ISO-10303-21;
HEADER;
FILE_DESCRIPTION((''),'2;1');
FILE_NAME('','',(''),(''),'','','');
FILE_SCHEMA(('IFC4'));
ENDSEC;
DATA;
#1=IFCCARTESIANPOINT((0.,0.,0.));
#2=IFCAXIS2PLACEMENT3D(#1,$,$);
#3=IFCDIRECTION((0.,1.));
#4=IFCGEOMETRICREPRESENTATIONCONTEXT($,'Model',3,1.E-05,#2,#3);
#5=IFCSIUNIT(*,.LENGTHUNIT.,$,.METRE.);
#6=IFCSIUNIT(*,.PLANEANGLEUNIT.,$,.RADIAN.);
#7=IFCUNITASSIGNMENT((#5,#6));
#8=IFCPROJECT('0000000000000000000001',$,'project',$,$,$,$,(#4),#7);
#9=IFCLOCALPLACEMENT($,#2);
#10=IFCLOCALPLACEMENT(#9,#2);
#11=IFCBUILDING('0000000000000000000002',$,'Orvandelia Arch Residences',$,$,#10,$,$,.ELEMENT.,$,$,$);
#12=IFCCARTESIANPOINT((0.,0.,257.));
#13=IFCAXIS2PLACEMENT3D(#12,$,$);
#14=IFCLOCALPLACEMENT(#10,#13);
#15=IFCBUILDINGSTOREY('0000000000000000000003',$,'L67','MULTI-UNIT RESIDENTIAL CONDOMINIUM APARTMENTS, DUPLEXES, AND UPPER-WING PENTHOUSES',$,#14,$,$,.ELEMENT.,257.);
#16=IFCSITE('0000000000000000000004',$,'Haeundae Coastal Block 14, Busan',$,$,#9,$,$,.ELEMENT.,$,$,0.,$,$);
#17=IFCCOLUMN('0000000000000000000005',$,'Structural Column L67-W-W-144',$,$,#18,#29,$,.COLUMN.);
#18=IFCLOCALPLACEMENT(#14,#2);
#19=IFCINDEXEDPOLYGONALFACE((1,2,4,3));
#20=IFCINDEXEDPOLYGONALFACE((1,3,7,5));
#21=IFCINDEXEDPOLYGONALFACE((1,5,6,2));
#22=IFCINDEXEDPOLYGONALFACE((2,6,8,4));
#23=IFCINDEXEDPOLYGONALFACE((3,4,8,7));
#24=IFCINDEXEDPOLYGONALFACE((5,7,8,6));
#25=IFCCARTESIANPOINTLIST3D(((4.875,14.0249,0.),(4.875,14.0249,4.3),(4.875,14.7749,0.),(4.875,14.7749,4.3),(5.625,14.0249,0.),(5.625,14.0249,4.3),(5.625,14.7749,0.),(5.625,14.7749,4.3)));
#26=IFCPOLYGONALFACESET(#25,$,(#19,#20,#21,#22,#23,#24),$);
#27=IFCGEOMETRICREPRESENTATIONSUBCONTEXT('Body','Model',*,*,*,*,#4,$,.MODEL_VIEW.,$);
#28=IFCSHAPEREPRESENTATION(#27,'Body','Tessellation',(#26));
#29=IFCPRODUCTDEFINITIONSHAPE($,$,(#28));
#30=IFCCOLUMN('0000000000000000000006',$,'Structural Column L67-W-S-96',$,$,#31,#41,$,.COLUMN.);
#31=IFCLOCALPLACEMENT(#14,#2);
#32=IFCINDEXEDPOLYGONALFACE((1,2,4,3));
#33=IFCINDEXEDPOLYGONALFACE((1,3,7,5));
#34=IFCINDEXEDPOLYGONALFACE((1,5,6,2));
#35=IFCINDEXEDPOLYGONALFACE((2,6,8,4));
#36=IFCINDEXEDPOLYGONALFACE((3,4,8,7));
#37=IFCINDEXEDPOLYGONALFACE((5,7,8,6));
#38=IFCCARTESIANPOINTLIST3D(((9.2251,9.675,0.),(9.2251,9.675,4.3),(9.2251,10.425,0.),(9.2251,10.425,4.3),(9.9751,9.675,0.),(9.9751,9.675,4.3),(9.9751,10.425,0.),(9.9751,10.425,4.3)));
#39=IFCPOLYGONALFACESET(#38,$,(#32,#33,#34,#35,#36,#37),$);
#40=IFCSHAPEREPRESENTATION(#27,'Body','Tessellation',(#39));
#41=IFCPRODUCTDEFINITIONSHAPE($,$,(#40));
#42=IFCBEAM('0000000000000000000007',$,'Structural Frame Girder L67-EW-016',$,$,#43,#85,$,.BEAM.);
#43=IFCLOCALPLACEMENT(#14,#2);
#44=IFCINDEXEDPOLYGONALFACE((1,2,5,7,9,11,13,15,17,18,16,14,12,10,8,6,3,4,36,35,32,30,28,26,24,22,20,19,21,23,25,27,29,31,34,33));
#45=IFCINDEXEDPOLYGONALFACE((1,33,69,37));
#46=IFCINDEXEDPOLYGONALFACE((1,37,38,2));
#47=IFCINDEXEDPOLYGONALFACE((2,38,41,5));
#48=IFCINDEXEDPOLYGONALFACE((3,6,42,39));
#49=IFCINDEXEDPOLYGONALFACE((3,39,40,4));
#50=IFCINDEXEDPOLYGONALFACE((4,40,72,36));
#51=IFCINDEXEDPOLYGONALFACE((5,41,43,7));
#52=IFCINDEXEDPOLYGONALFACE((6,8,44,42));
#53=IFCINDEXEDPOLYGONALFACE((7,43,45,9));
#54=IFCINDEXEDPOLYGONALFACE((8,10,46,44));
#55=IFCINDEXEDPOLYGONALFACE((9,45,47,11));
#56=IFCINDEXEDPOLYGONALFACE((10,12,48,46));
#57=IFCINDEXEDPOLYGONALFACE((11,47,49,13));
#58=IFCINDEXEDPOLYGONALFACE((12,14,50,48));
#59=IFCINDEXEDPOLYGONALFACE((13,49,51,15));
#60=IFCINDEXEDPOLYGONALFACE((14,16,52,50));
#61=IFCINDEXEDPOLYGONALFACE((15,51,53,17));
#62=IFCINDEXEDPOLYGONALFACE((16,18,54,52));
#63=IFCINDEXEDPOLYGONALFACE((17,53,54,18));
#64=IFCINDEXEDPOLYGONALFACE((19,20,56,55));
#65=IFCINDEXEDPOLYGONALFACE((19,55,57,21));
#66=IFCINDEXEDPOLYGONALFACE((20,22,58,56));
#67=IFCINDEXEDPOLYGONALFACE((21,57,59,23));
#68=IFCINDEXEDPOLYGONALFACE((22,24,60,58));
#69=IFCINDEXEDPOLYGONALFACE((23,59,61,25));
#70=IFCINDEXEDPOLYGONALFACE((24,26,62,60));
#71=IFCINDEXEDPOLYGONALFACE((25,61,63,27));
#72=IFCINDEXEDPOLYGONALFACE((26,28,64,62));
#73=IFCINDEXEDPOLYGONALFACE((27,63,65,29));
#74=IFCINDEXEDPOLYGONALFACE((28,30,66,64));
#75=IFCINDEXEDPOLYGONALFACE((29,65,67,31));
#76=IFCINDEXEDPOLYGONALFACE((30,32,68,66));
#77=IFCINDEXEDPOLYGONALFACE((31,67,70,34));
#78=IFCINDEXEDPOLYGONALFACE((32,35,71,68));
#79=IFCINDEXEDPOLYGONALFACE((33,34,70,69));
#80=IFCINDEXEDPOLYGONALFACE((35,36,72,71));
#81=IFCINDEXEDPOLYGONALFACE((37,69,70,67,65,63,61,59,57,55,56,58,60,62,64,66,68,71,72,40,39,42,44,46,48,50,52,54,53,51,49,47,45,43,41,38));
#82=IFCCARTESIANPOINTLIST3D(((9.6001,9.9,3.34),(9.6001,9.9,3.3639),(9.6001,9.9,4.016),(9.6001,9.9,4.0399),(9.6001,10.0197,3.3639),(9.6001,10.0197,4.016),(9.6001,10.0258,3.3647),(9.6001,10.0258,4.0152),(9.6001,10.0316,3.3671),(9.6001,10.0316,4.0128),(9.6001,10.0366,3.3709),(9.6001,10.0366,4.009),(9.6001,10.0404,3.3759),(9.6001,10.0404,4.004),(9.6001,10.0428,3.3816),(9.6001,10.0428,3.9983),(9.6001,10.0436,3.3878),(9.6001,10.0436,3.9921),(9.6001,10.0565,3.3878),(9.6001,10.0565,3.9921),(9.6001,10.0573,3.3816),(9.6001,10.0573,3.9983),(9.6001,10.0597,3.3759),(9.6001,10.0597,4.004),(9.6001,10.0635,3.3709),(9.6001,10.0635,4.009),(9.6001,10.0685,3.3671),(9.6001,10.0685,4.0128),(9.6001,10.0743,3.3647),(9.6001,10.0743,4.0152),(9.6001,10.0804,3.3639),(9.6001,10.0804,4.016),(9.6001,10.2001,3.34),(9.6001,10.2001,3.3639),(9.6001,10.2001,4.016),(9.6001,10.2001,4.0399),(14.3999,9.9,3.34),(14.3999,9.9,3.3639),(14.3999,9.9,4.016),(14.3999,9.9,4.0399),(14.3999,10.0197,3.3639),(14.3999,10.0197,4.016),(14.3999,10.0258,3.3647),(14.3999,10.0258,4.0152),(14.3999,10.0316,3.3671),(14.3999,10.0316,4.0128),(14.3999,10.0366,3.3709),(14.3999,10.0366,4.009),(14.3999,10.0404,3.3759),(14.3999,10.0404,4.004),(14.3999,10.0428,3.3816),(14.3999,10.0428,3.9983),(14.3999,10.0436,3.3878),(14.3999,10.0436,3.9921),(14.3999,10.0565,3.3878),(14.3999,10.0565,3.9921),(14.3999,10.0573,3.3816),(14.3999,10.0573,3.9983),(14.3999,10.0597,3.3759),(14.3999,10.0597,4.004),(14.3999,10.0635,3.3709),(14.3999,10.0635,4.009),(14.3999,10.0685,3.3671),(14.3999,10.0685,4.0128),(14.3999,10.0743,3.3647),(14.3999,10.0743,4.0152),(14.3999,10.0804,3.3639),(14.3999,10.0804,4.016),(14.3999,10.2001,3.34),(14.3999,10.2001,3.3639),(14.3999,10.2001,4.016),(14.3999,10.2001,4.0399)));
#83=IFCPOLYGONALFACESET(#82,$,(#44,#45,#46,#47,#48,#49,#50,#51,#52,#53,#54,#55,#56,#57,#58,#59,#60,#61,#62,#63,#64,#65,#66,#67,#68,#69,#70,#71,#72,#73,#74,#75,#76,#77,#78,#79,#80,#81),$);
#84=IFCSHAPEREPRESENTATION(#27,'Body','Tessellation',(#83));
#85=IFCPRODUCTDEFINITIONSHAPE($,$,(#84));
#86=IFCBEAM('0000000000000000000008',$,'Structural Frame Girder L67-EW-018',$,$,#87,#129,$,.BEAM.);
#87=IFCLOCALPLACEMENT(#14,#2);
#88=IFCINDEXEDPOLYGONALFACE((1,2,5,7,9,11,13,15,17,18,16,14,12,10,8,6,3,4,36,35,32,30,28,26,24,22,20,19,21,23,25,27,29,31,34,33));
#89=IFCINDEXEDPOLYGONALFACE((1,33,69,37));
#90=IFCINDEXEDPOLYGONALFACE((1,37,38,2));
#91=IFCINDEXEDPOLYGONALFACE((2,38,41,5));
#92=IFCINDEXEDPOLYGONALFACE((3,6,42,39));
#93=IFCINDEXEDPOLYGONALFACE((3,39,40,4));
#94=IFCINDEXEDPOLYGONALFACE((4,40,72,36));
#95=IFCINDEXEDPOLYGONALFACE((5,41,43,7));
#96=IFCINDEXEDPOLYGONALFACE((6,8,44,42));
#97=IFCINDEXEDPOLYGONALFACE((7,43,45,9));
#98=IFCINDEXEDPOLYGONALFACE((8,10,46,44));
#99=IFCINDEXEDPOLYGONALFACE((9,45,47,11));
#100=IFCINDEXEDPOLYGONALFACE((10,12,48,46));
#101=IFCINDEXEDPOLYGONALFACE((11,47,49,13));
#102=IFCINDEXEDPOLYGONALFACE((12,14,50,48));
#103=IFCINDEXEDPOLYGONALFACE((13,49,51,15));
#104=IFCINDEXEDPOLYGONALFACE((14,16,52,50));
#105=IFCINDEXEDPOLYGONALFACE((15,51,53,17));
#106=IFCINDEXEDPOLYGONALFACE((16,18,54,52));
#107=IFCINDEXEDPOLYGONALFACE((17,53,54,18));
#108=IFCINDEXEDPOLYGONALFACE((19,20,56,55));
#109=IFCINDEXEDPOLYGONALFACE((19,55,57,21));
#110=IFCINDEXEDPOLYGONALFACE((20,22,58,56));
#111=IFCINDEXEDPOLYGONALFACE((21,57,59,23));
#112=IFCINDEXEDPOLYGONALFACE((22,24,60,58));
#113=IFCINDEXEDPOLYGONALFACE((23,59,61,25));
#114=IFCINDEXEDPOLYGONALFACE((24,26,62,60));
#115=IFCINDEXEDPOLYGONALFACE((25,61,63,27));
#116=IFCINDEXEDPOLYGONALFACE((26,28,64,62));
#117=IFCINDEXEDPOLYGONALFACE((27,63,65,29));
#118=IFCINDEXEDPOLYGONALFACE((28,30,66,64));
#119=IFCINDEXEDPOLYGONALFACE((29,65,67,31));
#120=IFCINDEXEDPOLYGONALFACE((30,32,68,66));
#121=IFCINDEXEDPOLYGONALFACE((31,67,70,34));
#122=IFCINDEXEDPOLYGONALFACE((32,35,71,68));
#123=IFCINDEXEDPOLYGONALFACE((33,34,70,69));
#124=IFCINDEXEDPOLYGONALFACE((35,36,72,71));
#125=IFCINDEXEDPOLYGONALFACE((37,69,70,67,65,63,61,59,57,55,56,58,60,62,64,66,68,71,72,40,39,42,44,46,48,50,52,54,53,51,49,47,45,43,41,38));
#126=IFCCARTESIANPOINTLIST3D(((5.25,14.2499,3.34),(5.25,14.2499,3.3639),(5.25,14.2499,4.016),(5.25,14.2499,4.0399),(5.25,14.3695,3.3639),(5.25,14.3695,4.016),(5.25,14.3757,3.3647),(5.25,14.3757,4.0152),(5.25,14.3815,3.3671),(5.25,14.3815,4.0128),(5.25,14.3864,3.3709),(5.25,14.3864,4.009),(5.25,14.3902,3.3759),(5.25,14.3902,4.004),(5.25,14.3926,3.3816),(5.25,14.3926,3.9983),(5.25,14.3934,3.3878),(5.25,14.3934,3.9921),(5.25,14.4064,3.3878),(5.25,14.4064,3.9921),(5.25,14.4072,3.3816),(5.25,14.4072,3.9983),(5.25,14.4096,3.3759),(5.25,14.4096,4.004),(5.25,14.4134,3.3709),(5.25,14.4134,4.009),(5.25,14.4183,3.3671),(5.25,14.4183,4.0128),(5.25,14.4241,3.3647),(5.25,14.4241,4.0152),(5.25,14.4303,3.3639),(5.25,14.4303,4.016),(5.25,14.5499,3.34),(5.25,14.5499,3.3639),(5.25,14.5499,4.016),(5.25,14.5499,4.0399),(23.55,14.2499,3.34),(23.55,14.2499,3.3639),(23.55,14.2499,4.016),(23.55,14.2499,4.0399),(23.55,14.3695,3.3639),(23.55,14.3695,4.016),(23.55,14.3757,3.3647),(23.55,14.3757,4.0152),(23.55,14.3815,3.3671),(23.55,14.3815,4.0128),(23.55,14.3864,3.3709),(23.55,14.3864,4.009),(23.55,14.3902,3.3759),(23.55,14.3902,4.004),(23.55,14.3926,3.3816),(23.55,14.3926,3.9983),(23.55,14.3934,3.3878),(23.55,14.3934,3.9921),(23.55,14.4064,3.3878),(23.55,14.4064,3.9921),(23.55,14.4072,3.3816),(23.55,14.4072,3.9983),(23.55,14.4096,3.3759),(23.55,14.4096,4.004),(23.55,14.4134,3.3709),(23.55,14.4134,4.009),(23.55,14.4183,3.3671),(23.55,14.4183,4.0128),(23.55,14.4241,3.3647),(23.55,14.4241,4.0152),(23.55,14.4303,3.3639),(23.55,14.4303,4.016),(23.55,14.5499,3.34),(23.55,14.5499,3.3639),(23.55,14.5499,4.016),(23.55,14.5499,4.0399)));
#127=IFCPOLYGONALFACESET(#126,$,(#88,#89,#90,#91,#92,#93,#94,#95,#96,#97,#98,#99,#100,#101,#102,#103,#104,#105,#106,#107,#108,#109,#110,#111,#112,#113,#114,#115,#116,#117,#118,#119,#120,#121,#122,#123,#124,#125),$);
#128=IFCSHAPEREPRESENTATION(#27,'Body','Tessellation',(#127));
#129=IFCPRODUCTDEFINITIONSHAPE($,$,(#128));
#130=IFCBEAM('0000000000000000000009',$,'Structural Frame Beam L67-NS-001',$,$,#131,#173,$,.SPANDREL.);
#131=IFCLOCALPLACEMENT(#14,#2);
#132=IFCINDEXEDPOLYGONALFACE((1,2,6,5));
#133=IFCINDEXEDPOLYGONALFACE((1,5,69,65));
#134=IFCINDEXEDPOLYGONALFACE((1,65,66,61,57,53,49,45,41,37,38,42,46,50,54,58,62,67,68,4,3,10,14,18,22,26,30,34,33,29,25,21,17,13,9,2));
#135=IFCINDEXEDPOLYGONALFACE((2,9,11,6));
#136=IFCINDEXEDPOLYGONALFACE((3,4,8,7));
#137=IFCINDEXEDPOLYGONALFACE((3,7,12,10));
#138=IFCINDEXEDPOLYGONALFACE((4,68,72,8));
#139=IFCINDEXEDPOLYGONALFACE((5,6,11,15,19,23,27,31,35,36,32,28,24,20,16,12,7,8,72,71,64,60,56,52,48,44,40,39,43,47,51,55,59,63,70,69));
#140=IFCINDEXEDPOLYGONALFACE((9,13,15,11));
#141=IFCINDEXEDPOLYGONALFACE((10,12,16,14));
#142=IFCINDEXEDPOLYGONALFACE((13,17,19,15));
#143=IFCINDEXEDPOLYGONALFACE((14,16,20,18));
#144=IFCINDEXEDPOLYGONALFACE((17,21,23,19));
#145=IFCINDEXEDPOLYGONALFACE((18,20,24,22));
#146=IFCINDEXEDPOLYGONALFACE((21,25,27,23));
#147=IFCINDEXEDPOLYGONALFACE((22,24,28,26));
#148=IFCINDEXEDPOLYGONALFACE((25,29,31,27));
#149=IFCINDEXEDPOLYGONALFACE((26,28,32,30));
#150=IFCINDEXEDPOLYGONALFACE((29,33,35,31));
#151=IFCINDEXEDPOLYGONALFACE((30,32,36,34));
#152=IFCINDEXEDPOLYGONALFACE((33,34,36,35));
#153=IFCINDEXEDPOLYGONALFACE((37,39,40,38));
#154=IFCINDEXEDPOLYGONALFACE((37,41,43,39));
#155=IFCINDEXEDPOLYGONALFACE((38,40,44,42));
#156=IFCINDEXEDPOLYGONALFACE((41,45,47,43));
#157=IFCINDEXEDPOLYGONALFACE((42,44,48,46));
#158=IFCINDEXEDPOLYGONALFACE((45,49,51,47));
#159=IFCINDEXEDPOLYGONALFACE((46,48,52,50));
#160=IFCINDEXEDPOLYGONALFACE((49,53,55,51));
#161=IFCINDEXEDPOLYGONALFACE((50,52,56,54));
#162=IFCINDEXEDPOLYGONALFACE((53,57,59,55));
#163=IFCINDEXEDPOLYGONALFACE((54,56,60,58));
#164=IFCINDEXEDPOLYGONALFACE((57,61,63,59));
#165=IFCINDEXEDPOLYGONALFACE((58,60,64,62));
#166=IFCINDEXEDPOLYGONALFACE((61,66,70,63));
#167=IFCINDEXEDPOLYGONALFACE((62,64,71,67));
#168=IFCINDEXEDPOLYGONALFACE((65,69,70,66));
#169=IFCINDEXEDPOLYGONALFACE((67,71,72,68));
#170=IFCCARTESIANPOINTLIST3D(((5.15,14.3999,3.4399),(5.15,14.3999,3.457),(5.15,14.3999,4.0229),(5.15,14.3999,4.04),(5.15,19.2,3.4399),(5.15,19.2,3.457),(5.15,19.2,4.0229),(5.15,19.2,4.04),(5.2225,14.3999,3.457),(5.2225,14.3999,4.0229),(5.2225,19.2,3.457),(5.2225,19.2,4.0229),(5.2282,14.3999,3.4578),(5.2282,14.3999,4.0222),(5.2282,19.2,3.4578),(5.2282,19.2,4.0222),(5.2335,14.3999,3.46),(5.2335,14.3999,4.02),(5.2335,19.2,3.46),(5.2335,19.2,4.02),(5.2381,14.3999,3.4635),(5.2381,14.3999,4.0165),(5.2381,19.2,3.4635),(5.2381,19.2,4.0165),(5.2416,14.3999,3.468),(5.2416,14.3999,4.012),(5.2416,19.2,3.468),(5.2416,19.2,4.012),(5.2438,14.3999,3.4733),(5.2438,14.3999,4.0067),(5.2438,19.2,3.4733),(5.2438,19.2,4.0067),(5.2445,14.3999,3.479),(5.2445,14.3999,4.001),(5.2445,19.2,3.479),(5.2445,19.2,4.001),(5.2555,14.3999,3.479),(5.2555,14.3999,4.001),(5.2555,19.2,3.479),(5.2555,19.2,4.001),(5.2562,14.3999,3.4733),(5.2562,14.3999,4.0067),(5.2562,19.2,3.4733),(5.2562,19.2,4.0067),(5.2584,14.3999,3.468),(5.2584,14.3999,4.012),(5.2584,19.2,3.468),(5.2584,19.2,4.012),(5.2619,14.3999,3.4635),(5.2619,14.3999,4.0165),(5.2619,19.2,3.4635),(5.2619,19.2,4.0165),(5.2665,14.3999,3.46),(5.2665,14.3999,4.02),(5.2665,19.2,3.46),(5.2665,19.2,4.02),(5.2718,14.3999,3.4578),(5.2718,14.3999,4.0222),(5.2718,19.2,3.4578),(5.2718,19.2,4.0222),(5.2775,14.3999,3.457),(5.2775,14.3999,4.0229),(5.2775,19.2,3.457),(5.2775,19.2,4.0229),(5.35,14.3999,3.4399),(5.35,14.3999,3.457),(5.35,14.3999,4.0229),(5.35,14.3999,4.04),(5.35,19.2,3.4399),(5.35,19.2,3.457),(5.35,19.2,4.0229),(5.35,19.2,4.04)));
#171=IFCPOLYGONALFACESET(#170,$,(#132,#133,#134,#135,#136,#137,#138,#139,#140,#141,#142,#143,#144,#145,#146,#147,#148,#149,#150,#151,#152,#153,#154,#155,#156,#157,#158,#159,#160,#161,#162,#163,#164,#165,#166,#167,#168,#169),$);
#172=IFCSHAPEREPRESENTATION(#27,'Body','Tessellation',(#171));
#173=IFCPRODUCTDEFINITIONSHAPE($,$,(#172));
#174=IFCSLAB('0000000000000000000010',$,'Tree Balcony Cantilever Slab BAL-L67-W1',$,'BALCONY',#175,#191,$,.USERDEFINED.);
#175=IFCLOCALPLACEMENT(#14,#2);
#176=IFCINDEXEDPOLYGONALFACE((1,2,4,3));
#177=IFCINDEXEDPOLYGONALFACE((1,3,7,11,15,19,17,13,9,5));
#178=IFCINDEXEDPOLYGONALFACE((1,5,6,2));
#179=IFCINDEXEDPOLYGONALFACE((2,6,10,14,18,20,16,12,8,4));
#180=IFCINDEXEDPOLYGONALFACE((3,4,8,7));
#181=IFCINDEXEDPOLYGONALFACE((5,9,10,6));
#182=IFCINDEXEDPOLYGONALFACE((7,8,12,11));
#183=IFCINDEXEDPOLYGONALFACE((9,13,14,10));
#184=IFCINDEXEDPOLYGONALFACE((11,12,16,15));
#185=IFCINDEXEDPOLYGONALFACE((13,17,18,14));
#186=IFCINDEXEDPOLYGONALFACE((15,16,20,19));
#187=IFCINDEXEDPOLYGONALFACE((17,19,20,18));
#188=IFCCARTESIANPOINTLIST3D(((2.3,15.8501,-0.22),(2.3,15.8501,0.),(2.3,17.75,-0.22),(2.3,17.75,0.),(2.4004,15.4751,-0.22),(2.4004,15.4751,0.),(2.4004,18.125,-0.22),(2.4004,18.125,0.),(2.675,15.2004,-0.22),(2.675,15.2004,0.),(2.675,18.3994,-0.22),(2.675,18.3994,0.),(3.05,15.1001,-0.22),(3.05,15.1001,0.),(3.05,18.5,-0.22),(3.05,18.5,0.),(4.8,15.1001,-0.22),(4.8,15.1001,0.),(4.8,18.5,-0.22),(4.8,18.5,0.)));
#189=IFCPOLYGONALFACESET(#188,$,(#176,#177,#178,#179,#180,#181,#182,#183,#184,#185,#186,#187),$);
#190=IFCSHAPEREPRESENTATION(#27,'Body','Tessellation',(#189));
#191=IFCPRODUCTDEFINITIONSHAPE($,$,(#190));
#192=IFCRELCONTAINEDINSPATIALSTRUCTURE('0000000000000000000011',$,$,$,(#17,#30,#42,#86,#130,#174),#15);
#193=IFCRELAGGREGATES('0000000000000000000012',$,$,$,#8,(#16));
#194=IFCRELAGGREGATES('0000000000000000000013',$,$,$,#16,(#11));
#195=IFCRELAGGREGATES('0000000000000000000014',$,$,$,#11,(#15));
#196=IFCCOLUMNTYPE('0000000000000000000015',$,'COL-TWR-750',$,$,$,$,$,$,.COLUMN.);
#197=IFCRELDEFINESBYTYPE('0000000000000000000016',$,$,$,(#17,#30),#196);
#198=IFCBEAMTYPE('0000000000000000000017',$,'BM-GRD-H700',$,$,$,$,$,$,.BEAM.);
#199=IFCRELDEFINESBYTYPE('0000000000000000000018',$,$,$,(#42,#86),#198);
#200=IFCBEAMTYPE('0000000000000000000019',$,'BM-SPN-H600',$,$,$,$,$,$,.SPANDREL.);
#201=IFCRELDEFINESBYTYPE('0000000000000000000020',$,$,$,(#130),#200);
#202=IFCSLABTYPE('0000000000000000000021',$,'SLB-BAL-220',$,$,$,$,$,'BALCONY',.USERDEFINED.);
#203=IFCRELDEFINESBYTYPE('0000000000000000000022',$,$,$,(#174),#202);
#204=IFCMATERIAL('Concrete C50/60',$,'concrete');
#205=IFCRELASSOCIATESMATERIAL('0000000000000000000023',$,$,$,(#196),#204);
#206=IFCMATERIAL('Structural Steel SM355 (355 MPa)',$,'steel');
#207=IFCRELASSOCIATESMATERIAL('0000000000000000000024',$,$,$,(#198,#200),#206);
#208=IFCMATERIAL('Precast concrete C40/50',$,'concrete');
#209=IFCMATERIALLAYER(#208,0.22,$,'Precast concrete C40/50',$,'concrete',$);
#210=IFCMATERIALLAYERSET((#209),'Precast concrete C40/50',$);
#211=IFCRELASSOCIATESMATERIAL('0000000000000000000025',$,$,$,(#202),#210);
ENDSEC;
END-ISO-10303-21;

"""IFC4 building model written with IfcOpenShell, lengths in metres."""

from ifc_helpers import new_model, si_unit, direction, frame, origin, origin_2d, place, context, subcontext, project, spatial, polyline, rectangle, i_section, outline, extrude, material, layer, layer_set, material_profile, profile_set, type_object, element, save


model = new_model("IFC4")

# Units and contexts
model_context = context("Model", 3, precision=1e-05, world=origin(), true_north=direction((0.0, 1.0)))
body_context = subcontext(model_context, "Body", "Model", "MODEL_VIEW")
ifc_project = project(units=[si_unit("LENGTHUNIT", "METRE"), si_unit("PLANEANGLEUNIT", "RADIAN")], contexts=[model_context])

# Site, building, storey
site_placement = place(None, origin())
site = spatial("IfcSite", under=ifc_project, at=site_placement, Name="Haeundae Coastal Block 14, Busan", CompositionType="ELEMENT", RefElevation=0.0)
building_placement = place(site_placement, origin())
building = spatial("IfcBuilding", under=site, at=building_placement, Name="Orvandelia Arch Residences", CompositionType="ELEMENT")
storey_placement = place(building_placement, frame((0.0, 0.0, 257.0)))
storey = spatial("IfcBuildingStorey", under=building, at=storey_placement, Name="L67", Description="MULTI-UNIT RESIDENTIAL CONDOMINIUM APARTMENTS, DUPLEXES, AND UPPER-WING PENTHOUSES", CompositionType="ELEMENT", Elevation=257.0)

# Columns
ifc_material_1 = material(Name="Concrete C50/60", Category="concrete")
ifc_material_profile_1 = material_profile(ifc_material_1, rectangle(XDim=0.75, YDim=0.75, at=origin_2d()), Name="Concrete C50/60", Category="concrete")
ifc_profile_set_1 = profile_set([ifc_material_profile_1], Name="Concrete C50/60")
column_type = type_object("IfcColumnType", Name="COL-TWR-750", PredefinedType="COLUMN", material=ifc_profile_set_1)
for number, where, z_axis, x_axis, name in (
    (1, (5.25, 14.3999, 0.0), (0.0, 0.0, 1.0), (1.0, 0.0, 0.0), "Structural Column L67-W-W-144"),
    (2, (9.6001, 10.05, 0.0), (0.0, 0.0, 1.0), (1.0, 0.0, 0.0), "Structural Column L67-W-S-96"),
):
    element("IfcColumn", number, at=place(storey_placement, frame(where, z_axis=z_axis, x_axis=x_axis)), inside=storey, type_object=column_type, Name=name, PredefinedType="COLUMN", context=body_context, shape_type="SweptSolid", body=[
        extrude(rectangle(XDim=0.75, YDim=0.75, at=origin_2d()), origin(), (0.0, 0.0, 1.0), 4.3),
    ])

# Beams
ifc_material_2 = material(Name="Structural Steel SM355 (355 MPa)", Category="steel")
ifc_material_profile_2 = material_profile(ifc_material_2, i_section(OverallWidth=0.3, OverallDepth=0.7, WebThickness=0.0129, FlangeThickness=0.0239, FilletRadius=0.0239, at=origin_2d()), Name="Structural Steel SM355 (355 MPa)", Category="steel")
ifc_profile_set_2 = profile_set([ifc_material_profile_2], Name="Structural Steel SM355 (355 MPa)")
beam_type_1 = type_object("IfcBeamType", Name="BM-GRD-H700", PredefinedType="BEAM", material=ifc_profile_set_2)
beam_1_placement = place(storey_placement, frame((9.6001, 10.05, 3.6899), z_axis=(1.0, 0.0, 0.0), x_axis=(0.0, 1.0, 0.0)))
element("IfcBeam", 3, at=beam_1_placement, inside=storey, type_object=beam_type_1, Name="Structural Frame Girder L67-EW-016", PredefinedType="BEAM", context=body_context, shape_type="SweptSolid", body=[
    extrude(i_section(OverallWidth=0.3, OverallDepth=0.7, WebThickness=0.0129, FlangeThickness=0.0239, FilletRadius=0.0239, at=origin_2d()), origin(), (0.0, 0.0, 1.0), 4.7998),
])
beam_2_placement = place(storey_placement, frame((5.25, 14.3999, 3.6899), z_axis=(1.0, 0.0, 0.0), x_axis=(0.0, 1.0, 0.0)))
element("IfcBeam", 4, at=beam_2_placement, inside=storey, type_object=beam_type_1, Name="Structural Frame Girder L67-EW-018", PredefinedType="BEAM", context=body_context, shape_type="SweptSolid", body=[
    extrude(i_section(OverallWidth=0.3, OverallDepth=0.7, WebThickness=0.0129, FlangeThickness=0.0239, FilletRadius=0.0239, at=origin_2d()), origin(), (0.0, 0.0, 1.0), 18.3),
])
ifc_material_profile_3 = material_profile(ifc_material_2, i_section(OverallWidth=0.2, OverallDepth=0.6001, WebThickness=0.011, FlangeThickness=0.0171, FilletRadius=0.022, at=origin_2d()), Name="Structural Steel SM355 (355 MPa)", Category="steel")
ifc_profile_set_3 = profile_set([ifc_material_profile_3], Name="Structural Steel SM355 (355 MPa)")
beam_type_2 = type_object("IfcBeamType", Name="BM-SPN-H600", PredefinedType="SPANDREL", material=ifc_profile_set_3)
beam_3_placement = place(storey_placement, frame((5.25, 14.3999, 3.74), z_axis=(0.0, 1.0, 0.0), x_axis=(-1.0, 0.0, 0.0)))
element("IfcBeam", 5, at=beam_3_placement, inside=storey, type_object=beam_type_2, Name="Structural Frame Beam L67-NS-001", PredefinedType="SPANDREL", context=body_context, shape_type="SweptSolid", body=[
    extrude(i_section(OverallWidth=0.2, OverallDepth=0.6001, WebThickness=0.011, FlangeThickness=0.0171, FilletRadius=0.022, at=origin_2d()), origin(), (0.0, 0.0, 1.0), 4.8),
])

# Slab
ifc_material_3 = material(Name="Precast concrete C40/50", Category="concrete")
ifc_layer_1 = layer(ifc_material_3, 0.22, Name="Precast concrete C40/50", Category="concrete")
ifc_layer_set_1 = layer_set([ifc_layer_1], Name="Precast concrete C40/50")
slab_type_1 = type_object("IfcSlabType", Name="SLB-BAL-220", ElementType="BALCONY", PredefinedType="USERDEFINED", material=ifc_layer_set_1)
slab_1_placement = place(storey_placement, frame((0.0, 0.0, -0.22)))
element("IfcSlab", 6, at=slab_1_placement, inside=storey, type_object=slab_type_1, Name="Tree Balcony Cantilever Slab BAL-L67-W1", ObjectType="BALCONY", PredefinedType="USERDEFINED", context=body_context, shape_type="SweptSolid", body=[
    extrude(outline(polyline([(4.8, 15.1001), (4.8, 18.5), (3.05, 18.5), (2.675, 18.3994), (2.4004, 18.125), (2.3, 17.75), (2.3, 15.8501), (2.4004, 15.4751), (2.675, 15.2004), (3.05, 15.1001), (4.8, 15.1001)])), origin(), (0.0, 0.0, 1.0), 0.22),
])

save(model, "model.ifc")
